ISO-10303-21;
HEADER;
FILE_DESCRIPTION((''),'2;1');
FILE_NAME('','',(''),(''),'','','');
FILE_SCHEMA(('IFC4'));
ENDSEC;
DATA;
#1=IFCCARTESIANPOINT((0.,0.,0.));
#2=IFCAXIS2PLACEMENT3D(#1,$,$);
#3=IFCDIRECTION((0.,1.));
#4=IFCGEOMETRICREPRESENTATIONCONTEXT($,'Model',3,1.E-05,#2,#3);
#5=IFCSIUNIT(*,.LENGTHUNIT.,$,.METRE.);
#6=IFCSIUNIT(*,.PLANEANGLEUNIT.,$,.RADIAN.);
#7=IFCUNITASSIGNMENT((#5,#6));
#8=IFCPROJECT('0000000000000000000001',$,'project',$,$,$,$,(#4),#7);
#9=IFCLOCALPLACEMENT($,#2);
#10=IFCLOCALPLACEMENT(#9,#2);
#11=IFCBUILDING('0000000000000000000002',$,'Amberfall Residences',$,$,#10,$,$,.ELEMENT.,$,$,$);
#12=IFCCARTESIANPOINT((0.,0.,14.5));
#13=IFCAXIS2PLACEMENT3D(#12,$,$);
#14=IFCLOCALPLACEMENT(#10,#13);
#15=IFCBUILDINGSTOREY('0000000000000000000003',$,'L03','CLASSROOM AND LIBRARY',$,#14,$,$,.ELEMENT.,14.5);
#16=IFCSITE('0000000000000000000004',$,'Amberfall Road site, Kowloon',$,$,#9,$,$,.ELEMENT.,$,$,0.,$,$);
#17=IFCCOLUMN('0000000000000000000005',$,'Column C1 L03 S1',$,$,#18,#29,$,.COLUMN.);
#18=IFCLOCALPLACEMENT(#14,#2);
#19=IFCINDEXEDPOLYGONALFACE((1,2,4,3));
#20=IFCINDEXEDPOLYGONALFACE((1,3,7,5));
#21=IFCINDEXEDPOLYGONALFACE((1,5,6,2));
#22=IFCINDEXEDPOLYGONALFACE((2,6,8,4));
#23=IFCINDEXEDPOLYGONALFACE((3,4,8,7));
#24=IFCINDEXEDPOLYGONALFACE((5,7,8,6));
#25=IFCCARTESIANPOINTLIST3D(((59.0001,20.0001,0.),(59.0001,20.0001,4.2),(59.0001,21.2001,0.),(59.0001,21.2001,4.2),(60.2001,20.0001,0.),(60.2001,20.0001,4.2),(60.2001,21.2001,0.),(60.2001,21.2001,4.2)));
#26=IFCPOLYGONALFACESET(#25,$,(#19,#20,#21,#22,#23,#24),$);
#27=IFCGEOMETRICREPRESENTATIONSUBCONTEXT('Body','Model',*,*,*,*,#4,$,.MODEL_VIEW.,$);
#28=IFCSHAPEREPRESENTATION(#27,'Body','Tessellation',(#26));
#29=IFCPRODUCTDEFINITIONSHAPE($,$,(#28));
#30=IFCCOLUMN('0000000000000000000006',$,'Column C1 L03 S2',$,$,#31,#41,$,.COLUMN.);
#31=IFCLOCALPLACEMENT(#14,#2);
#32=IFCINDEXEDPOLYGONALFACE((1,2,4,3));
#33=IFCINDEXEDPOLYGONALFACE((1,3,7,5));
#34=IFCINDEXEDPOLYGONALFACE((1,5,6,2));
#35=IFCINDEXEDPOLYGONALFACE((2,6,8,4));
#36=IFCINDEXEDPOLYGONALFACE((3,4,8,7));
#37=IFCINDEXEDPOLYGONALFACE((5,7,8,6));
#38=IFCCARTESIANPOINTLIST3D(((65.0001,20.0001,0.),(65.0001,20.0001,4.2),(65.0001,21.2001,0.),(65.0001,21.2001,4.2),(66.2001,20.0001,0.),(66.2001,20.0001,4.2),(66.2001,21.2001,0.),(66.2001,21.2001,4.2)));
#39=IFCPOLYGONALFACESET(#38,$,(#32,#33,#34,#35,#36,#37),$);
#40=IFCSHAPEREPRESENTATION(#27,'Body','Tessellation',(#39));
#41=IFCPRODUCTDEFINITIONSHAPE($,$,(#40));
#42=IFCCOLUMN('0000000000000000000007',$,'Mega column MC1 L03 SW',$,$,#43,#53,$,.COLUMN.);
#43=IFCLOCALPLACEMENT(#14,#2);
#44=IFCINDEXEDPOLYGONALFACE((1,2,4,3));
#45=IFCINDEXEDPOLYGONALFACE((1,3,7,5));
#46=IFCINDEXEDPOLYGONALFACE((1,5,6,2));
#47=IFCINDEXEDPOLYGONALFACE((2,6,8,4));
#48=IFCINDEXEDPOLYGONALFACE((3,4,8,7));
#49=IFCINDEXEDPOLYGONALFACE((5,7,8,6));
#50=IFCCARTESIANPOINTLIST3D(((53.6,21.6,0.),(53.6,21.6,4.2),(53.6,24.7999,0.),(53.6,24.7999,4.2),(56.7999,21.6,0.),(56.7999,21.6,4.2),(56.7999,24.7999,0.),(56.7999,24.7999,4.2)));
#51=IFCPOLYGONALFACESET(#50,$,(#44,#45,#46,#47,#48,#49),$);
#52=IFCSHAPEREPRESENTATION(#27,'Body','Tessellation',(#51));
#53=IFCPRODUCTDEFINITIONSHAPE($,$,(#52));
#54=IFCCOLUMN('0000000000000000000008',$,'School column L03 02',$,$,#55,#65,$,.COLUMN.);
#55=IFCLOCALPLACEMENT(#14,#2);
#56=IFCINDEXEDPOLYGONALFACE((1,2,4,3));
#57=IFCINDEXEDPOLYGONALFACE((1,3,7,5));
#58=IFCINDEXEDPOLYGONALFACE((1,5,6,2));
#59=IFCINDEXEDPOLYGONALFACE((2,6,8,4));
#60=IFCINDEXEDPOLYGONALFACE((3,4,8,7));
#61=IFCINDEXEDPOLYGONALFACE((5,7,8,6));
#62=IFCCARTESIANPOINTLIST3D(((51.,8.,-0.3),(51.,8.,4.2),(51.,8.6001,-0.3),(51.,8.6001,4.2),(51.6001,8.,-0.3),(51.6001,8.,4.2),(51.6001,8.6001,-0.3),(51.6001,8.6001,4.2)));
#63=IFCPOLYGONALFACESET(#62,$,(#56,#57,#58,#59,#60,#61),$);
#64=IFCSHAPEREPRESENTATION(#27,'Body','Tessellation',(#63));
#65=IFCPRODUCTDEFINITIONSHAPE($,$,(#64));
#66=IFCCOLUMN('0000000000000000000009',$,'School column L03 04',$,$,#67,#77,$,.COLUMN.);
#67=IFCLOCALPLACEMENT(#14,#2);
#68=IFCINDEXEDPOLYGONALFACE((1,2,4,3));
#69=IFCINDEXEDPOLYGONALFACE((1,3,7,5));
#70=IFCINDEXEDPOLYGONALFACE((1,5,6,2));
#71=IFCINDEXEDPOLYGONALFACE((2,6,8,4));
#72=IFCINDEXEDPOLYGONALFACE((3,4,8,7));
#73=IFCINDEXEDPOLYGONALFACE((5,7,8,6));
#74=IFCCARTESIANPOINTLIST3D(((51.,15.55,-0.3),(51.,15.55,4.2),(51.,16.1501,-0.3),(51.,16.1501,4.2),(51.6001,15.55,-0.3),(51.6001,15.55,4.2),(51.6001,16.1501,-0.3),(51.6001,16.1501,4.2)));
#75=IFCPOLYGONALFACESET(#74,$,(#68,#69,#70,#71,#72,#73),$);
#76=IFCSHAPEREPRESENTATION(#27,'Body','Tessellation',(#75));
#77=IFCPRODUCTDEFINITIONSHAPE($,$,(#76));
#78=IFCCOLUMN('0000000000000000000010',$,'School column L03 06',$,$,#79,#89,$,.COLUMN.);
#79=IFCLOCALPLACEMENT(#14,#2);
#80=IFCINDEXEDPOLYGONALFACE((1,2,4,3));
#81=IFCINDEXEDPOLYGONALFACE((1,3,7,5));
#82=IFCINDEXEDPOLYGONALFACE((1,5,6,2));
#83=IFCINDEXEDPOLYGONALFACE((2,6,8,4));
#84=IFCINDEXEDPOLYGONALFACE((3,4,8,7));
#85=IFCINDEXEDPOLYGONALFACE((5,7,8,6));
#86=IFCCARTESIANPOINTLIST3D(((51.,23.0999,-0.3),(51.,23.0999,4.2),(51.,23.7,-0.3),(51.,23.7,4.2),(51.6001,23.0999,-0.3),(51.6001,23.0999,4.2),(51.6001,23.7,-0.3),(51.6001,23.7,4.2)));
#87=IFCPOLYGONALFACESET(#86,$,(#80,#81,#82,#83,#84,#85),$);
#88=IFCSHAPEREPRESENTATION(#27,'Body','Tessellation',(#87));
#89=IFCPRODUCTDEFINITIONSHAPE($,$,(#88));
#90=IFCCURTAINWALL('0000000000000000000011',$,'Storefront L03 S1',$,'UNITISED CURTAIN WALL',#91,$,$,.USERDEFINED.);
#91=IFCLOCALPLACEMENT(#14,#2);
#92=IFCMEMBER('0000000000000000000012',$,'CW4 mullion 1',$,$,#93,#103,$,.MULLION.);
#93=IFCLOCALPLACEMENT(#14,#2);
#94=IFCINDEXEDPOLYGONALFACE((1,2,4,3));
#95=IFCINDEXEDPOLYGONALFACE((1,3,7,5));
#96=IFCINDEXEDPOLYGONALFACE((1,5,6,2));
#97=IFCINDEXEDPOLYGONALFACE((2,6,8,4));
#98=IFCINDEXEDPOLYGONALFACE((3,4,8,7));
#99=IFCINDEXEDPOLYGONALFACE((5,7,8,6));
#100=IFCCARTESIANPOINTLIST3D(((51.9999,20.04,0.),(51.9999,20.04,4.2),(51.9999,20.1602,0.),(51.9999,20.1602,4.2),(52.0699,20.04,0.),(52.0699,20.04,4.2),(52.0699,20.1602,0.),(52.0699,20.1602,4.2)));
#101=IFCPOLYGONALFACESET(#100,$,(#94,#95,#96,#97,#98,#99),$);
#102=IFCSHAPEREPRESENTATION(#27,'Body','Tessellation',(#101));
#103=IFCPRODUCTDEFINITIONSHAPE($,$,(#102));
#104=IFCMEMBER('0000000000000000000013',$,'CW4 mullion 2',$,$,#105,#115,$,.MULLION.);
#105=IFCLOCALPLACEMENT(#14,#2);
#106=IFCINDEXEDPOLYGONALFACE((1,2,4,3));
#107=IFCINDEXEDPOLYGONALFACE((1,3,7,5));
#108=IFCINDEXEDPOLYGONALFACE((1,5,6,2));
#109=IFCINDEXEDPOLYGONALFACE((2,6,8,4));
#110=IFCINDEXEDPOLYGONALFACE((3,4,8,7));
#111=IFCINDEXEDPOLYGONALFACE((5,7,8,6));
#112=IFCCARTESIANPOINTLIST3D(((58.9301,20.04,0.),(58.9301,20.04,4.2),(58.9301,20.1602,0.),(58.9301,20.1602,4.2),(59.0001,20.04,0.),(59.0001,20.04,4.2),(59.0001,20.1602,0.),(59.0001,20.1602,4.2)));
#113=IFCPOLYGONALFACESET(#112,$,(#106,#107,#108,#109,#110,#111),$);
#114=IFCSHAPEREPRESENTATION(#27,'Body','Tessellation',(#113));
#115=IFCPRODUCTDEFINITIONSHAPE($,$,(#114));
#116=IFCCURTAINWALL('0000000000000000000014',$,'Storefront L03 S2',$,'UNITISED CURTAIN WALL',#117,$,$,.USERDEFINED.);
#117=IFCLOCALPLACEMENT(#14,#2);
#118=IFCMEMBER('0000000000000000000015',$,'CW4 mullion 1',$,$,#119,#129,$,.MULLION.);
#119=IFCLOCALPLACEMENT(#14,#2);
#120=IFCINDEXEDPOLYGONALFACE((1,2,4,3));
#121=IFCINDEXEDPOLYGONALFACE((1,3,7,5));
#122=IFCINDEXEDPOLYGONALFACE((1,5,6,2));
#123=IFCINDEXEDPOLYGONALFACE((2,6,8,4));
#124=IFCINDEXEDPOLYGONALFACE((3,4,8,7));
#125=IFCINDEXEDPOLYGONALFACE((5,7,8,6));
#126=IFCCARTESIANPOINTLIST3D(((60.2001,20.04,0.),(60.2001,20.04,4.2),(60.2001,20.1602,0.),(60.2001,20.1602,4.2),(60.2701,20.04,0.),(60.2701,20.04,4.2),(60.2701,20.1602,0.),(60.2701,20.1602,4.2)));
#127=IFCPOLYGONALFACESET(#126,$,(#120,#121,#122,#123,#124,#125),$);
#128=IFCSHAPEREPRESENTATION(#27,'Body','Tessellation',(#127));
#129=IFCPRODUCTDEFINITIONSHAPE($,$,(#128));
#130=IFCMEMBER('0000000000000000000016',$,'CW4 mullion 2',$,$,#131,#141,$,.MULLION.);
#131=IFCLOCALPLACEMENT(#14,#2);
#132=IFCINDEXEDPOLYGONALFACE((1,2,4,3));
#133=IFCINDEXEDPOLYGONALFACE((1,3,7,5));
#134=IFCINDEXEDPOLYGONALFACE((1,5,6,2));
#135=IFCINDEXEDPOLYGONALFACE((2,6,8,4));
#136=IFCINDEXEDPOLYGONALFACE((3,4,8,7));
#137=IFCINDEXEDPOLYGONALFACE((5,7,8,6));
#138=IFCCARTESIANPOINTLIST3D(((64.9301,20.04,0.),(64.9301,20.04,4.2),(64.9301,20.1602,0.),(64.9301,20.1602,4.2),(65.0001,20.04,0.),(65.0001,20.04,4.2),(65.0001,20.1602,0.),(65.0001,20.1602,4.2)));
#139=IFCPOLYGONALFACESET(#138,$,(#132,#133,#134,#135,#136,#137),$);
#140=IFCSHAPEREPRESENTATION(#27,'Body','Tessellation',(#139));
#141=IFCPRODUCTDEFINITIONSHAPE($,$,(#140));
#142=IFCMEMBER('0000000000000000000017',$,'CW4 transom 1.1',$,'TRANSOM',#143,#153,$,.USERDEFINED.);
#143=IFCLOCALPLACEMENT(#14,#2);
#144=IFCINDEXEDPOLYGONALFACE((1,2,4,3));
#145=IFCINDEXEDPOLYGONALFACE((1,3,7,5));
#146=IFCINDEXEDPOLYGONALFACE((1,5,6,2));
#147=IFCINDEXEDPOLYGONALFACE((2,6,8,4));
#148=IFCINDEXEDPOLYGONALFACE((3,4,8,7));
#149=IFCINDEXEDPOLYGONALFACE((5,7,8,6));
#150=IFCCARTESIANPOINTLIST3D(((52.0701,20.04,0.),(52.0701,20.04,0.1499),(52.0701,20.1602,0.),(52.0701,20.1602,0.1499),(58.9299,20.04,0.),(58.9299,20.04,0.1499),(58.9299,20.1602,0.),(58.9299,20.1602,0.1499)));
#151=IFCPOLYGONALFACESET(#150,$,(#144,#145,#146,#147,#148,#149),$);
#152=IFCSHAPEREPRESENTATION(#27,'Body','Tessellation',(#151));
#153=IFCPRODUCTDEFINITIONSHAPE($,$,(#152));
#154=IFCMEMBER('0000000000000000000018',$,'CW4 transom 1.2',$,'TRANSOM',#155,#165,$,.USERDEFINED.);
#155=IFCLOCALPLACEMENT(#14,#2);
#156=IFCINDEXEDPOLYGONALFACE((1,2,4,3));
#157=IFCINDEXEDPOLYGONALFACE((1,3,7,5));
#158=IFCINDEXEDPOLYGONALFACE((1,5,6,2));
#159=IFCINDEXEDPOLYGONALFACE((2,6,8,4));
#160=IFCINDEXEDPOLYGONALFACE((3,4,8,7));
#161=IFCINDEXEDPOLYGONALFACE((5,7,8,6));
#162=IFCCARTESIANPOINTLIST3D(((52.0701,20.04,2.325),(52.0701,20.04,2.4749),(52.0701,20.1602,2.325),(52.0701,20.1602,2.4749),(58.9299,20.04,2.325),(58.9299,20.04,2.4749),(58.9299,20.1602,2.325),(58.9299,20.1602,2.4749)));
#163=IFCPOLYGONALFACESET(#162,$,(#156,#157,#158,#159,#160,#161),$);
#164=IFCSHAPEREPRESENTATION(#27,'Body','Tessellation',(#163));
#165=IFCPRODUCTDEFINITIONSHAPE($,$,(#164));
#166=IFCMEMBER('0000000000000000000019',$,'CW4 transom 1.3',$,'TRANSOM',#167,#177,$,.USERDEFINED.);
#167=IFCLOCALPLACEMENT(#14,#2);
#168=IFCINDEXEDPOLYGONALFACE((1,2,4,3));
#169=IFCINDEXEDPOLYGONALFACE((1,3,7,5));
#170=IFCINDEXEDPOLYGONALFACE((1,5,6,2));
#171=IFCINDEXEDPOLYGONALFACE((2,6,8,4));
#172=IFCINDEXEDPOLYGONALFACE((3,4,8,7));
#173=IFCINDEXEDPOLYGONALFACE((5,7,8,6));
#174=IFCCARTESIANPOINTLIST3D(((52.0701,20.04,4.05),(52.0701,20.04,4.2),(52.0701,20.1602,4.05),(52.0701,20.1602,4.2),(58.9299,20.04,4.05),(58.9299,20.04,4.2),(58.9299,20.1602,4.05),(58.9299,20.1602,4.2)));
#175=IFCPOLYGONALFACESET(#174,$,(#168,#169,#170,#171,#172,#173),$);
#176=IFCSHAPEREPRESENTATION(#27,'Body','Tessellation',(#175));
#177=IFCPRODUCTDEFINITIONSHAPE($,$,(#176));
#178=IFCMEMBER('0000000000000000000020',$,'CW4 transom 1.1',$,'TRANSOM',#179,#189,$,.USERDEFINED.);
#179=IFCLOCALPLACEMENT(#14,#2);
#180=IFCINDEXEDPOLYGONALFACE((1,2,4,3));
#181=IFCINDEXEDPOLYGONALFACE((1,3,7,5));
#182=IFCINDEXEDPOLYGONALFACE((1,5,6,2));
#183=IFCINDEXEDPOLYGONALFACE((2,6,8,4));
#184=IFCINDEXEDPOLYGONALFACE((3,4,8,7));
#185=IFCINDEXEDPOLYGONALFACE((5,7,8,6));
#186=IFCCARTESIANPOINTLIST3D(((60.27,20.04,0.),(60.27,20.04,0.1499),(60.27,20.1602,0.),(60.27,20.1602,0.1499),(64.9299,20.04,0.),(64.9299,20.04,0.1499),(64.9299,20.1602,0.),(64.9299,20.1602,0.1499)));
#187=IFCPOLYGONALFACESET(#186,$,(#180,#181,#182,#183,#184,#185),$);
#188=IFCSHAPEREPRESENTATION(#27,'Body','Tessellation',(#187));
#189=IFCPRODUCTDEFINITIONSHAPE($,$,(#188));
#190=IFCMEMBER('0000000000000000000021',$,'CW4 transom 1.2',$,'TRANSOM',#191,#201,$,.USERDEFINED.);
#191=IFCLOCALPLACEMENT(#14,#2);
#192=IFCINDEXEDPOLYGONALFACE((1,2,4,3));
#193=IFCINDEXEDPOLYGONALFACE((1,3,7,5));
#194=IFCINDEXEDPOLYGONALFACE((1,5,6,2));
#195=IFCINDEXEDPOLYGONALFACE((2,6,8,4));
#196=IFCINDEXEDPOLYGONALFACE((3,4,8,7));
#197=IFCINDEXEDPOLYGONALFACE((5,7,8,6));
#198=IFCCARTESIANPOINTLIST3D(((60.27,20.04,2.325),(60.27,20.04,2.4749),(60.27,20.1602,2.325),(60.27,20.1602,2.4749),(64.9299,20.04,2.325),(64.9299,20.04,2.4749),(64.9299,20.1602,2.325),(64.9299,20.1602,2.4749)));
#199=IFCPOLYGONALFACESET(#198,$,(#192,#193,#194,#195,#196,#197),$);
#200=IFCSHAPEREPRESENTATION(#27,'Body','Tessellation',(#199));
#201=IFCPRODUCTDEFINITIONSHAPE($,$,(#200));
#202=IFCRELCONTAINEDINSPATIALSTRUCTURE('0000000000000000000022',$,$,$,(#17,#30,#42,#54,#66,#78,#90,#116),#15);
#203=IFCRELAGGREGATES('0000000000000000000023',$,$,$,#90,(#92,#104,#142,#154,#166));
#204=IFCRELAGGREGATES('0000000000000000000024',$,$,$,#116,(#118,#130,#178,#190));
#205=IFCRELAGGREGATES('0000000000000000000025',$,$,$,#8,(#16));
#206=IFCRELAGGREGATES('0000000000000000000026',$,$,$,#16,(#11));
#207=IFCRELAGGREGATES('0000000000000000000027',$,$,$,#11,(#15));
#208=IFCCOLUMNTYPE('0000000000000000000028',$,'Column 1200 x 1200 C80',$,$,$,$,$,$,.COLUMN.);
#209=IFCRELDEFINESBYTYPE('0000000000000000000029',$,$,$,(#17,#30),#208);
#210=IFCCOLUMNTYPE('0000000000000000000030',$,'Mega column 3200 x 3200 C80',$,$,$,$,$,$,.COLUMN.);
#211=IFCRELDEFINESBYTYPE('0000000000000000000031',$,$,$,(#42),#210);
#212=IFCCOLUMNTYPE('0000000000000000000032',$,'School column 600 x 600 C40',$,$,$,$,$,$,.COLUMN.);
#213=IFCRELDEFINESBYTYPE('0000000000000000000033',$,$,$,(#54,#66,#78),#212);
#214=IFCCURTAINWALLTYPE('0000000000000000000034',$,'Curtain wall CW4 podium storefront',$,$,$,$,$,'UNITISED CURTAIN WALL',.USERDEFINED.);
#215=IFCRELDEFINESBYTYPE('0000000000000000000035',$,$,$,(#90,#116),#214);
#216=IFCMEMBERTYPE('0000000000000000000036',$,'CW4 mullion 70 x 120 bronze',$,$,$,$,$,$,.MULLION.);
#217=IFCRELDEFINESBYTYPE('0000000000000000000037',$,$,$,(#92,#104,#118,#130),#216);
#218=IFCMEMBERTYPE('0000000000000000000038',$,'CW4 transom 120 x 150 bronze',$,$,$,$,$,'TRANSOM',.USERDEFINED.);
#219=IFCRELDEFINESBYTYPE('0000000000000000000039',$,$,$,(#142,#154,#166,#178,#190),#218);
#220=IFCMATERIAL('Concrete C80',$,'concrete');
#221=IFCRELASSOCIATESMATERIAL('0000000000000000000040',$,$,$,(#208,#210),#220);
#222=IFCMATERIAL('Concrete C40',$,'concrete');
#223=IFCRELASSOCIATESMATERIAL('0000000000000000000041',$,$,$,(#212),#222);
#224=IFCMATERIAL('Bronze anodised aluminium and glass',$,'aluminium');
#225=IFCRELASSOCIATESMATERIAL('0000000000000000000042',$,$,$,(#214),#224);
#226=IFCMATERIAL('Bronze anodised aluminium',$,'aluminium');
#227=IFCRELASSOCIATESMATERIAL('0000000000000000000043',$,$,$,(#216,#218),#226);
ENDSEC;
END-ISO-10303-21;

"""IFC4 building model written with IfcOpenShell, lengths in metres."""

from ifc_helpers import new_model, si_unit, direction, frame, origin, origin_2d, place, context, subcontext, project, spatial, rectangle, extrude, material, material_profile, profile_set, type_object, element, aggregate, save


model = new_model("IFC4")

# Units and contexts
model_context = context("Model", 3, precision=1e-05, world=origin(), true_north=direction((0.0, 1.0)))
body_context = subcontext(model_context, "Body", "Model", "MODEL_VIEW")
ifc_project = project(units=[si_unit("LENGTHUNIT", "METRE"), si_unit("PLANEANGLEUNIT", "RADIAN")], contexts=[model_context])

# Site, building, storey
site_placement = place(None, origin())
site = spatial("IfcSite", under=ifc_project, at=site_placement, Name="Amberfall Road site, Kowloon", CompositionType="ELEMENT", RefElevation=0.0)
building_placement = place(site_placement, origin())
building = spatial("IfcBuilding", under=site, at=building_placement, Name="Amberfall Residences", CompositionType="ELEMENT")
storey_placement = place(building_placement, frame((0.0, 0.0, 14.5)))
storey = spatial("IfcBuildingStorey", under=building, at=storey_placement, Name="L03", Description="CLASSROOM AND LIBRARY", CompositionType="ELEMENT", Elevation=14.5)

# Columns
ifc_material_1 = material(Name="Concrete C80", Category="concrete")
ifc_material_profile_1 = material_profile(ifc_material_1, rectangle(XDim=1.2, YDim=1.2, at=origin_2d()), Name="Column 1200 x 1200 C80")
ifc_profile_set_1 = profile_set([ifc_material_profile_1], Name="Concrete C80")
column_type_1 = type_object("IfcColumnType", Name="Column 1200 x 1200 C80", PredefinedType="COLUMN", material=ifc_profile_set_1)
for number, where, z_axis, x_axis, name in (
    (1, (59.6001, 20.6001, 0.0), (0.0, 0.0, 1.0), (1.0, 0.0, 0.0), "Column C1 L03 S1"),
    (2, (65.6001, 20.6001, 0.0), (0.0, 0.0, 1.0), (1.0, 0.0, 0.0), "Column C1 L03 S2"),
):
    element("IfcColumn", number, at=place(storey_placement, frame(where, z_axis=z_axis, x_axis=x_axis)), inside=storey, type_object=column_type_1, Name=name, PredefinedType="COLUMN", context=body_context, shape_type="SweptSolid", body=[
        extrude(rectangle(XDim=1.2, YDim=1.2, at=origin_2d()), origin(), (0.0, 0.0, 1.0), 4.2),
    ])
ifc_material_profile_2 = material_profile(ifc_material_1, rectangle(XDim=3.2, YDim=3.2, at=origin_2d()), Name="Mega column 3200 x 3200 C80")
ifc_profile_set_2 = profile_set([ifc_material_profile_2], Name="Concrete C80")
column_type_2 = type_object("IfcColumnType", Name="Mega column 3200 x 3200 C80", PredefinedType="COLUMN", material=ifc_profile_set_2)
column_placement = place(storey_placement, frame((55.2, 23.2, 0.0), z_axis=(0.0, 0.0, 1.0), x_axis=(1.0, 0.0, 0.0)))
element("IfcColumn", 3, at=column_placement, inside=storey, type_object=column_type_2, Name="Mega column MC1 L03 SW", PredefinedType="COLUMN", context=body_context, shape_type="SweptSolid", body=[
    extrude(rectangle(XDim=3.2, YDim=3.2, at=origin_2d()), origin(), (0.0, 0.0, 1.0), 4.2),
])
ifc_material_2 = material(Name="Concrete C40", Category="concrete")
ifc_material_profile_3 = material_profile(ifc_material_2, rectangle(XDim=0.6001, YDim=0.6001, at=origin_2d()), Name="School column 600 x 600 C40")
ifc_profile_set_3 = profile_set([ifc_material_profile_3], Name="Concrete C40")
column_type_3 = type_object("IfcColumnType", Name="School column 600 x 600 C40", PredefinedType="COLUMN", material=ifc_profile_set_3)
for number, where, z_axis, x_axis, name in (
    (4, (51.3, 8.3, -0.3), (0.0, 0.0, 1.0), (1.0, 0.0, 0.0), "School column L03 02"),
    (5, (51.3, 15.8501, -0.3), (0.0, 0.0, 1.0), (1.0, 0.0, 0.0), "School column L03 04"),
    (6, (51.3, 23.3999, -0.3), (0.0, 0.0, 1.0), (1.0, 0.0, 0.0), "School column L03 06"),
):
    element("IfcColumn", number, at=place(storey_placement, frame(where, z_axis=z_axis, x_axis=x_axis)), inside=storey, type_object=column_type_3, Name=name, PredefinedType="COLUMN", context=body_context, shape_type="SweptSolid", body=[
        extrude(rectangle(XDim=0.6001, YDim=0.6001, at=origin_2d()), origin(), (0.0, 0.0, 1.0), 4.5),
    ])

# Curtain walls, members
ifc_material_3 = material(Name="Bronze anodised aluminium and glass", Category="aluminium")
curtain_wall_type = type_object("IfcCurtainWallType", Name="Curtain wall CW4 podium storefront", ElementType="UNITISED CURTAIN WALL", PredefinedType="USERDEFINED", material=ifc_material_3)
curtain_wall_1_placement = place(storey_placement, origin())
curtain_wall_1 = element("IfcCurtainWall", 7, at=curtain_wall_1_placement, inside=storey, type_object=curtain_wall_type, Name="Storefront L03 S1", ObjectType="UNITISED CURTAIN WALL", PredefinedType="USERDEFINED")
ifc_material_4 = material(Name="Bronze anodised aluminium", Category="aluminium")
ifc_material_profile_4 = material_profile(ifc_material_4, rectangle(XDim=0.1201, YDim=0.0701, at=origin_2d()), Name="CW4 mullion 70 x 120 bronze")
ifc_profile_set_4 = profile_set([ifc_material_profile_4], Name="Bronze anodised aluminium")
member_type_1 = type_object("IfcMemberType", Name="CW4 mullion 70 x 120 bronze", PredefinedType="MULLION", material=ifc_profile_set_4)
member_1_placement = place(storey_placement, frame((52.0349, 20.1001, 0.0), z_axis=(0.0, 0.0, 1.0), x_axis=(0.0, 1.0, 0.0)))
member_1 = element("IfcMember", 8, at=member_1_placement, type_object=member_type_1, Name="CW4 mullion 1", PredefinedType="MULLION", context=body_context, shape_type="SweptSolid", body=[
    extrude(rectangle(XDim=0.1201, YDim=0.0701, at=origin_2d()), origin(), (0.0, 0.0, 1.0), 4.2),
])
member_2_placement = place(storey_placement, frame((58.9651, 20.1001, 0.0), z_axis=(0.0, 0.0, 1.0), x_axis=(0.0, 1.0, 0.0)))
member_2 = element("IfcMember", 9, at=member_2_placement, type_object=member_type_1, Name="CW4 mullion 2", PredefinedType="MULLION", context=body_context, shape_type="SweptSolid", body=[
    extrude(rectangle(XDim=0.1201, YDim=0.0701, at=origin_2d()), origin(), (0.0, 0.0, 1.0), 4.2),
])
curtain_wall_2_placement = place(storey_placement, origin())
curtain_wall_2 = element("IfcCurtainWall", 10, at=curtain_wall_2_placement, inside=storey, type_object=curtain_wall_type, Name="Storefront L03 S2", ObjectType="UNITISED CURTAIN WALL", PredefinedType="USERDEFINED")
member_3_placement = place(storey_placement, frame((60.2351, 20.1001, 0.0), z_axis=(0.0, 0.0, 1.0), x_axis=(0.0, 1.0, 0.0)))
member_3 = element("IfcMember", 11, at=member_3_placement, type_object=member_type_1, Name="CW4 mullion 1", PredefinedType="MULLION", context=body_context, shape_type="SweptSolid", body=[
    extrude(rectangle(XDim=0.1201, YDim=0.0701, at=origin_2d()), origin(), (0.0, 0.0, 1.0), 4.2),
])
member_4_placement = place(storey_placement, frame((64.9651, 20.1001, 0.0), z_axis=(0.0, 0.0, 1.0), x_axis=(0.0, 1.0, 0.0)))
member_4 = element("IfcMember", 12, at=member_4_placement, type_object=member_type_1, Name="CW4 mullion 2", PredefinedType="MULLION", context=body_context, shape_type="SweptSolid", body=[
    extrude(rectangle(XDim=0.1201, YDim=0.0701, at=origin_2d()), origin(), (0.0, 0.0, 1.0), 4.2),
])

# Members
ifc_material_profile_5 = material_profile(ifc_material_4, rectangle(XDim=0.1201, YDim=0.1499, at=origin_2d()), Name="CW4 transom 120 x 150 bronze")
ifc_profile_set_5 = profile_set([ifc_material_profile_5], Name="Bronze anodised aluminium")
member_type_2 = type_object("IfcMemberType", Name="CW4 transom 120 x 150 bronze", ElementType="TRANSOM", PredefinedType="USERDEFINED", material=ifc_profile_set_5)
member_5_placement = place(storey_placement, frame((52.0701, 20.1001, 0.075), z_axis=(1.0, 0.0, 0.0), x_axis=(0.0, 1.0, 0.0)))
member_5 = element("IfcMember", 13, at=member_5_placement, type_object=member_type_2, Name="CW4 transom 1.1", ObjectType="TRANSOM", PredefinedType="USERDEFINED", context=body_context, shape_type="SweptSolid", body=[
    extrude(rectangle(XDim=0.1201, YDim=0.1499, at=origin_2d()), origin(), (0.0, 0.0, 1.0), 6.8599),
])
member_6_placement = place(storey_placement, frame((52.0701, 20.1001, 2.3999), z_axis=(1.0, 0.0, 0.0), x_axis=(0.0, 1.0, 0.0)))
member_6 = element("IfcMember", 14, at=member_6_placement, type_object=member_type_2, Name="CW4 transom 1.2", ObjectType="TRANSOM", PredefinedType="USERDEFINED", context=body_context, shape_type="SweptSolid", body=[
    extrude(rectangle(XDim=0.1201, YDim=0.1499, at=origin_2d()), origin(), (0.0, 0.0, 1.0), 6.8599),
])
member_7_placement = place(storey_placement, frame((52.0701, 20.1001, 4.125), z_axis=(1.0, 0.0, 0.0), x_axis=(0.0, 1.0, 0.0)))
member_7 = element("IfcMember", 15, at=member_7_placement, type_object=member_type_2, Name="CW4 transom 1.3", ObjectType="TRANSOM", PredefinedType="USERDEFINED", context=body_context, shape_type="SweptSolid", body=[
    extrude(rectangle(XDim=0.1201, YDim=0.1499, at=origin_2d()), origin(), (0.0, 0.0, 1.0), 6.8599),
])
member_8_placement = place(storey_placement, frame((60.27, 20.1001, 0.075), z_axis=(1.0, 0.0, 0.0), x_axis=(0.0, 1.0, 0.0)))
member_8 = element("IfcMember", 16, at=member_8_placement, type_object=member_type_2, Name="CW4 transom 1.1", ObjectType="TRANSOM", PredefinedType="USERDEFINED", context=body_context, shape_type="SweptSolid", body=[
    extrude(rectangle(XDim=0.1201, YDim=0.1499, at=origin_2d()), origin(), (0.0, 0.0, 1.0), 4.6599),
])
member_9_placement = place(storey_placement, frame((60.27, 20.1001, 2.3999), z_axis=(1.0, 0.0, 0.0), x_axis=(0.0, 1.0, 0.0)))
member_9 = element("IfcMember", 17, at=member_9_placement, type_object=member_type_2, Name="CW4 transom 1.2", ObjectType="TRANSOM", PredefinedType="USERDEFINED", context=body_context, shape_type="SweptSolid", body=[
    extrude(rectangle(XDim=0.1201, YDim=0.1499, at=origin_2d()), origin(), (0.0, 0.0, 1.0), 4.6599),
])

aggregate(curtain_wall_1, [member_1, member_2, member_5, member_6, member_7])
aggregate(curtain_wall_2, [member_3, member_4, member_8, member_9])

save(model, "model.ifc")
